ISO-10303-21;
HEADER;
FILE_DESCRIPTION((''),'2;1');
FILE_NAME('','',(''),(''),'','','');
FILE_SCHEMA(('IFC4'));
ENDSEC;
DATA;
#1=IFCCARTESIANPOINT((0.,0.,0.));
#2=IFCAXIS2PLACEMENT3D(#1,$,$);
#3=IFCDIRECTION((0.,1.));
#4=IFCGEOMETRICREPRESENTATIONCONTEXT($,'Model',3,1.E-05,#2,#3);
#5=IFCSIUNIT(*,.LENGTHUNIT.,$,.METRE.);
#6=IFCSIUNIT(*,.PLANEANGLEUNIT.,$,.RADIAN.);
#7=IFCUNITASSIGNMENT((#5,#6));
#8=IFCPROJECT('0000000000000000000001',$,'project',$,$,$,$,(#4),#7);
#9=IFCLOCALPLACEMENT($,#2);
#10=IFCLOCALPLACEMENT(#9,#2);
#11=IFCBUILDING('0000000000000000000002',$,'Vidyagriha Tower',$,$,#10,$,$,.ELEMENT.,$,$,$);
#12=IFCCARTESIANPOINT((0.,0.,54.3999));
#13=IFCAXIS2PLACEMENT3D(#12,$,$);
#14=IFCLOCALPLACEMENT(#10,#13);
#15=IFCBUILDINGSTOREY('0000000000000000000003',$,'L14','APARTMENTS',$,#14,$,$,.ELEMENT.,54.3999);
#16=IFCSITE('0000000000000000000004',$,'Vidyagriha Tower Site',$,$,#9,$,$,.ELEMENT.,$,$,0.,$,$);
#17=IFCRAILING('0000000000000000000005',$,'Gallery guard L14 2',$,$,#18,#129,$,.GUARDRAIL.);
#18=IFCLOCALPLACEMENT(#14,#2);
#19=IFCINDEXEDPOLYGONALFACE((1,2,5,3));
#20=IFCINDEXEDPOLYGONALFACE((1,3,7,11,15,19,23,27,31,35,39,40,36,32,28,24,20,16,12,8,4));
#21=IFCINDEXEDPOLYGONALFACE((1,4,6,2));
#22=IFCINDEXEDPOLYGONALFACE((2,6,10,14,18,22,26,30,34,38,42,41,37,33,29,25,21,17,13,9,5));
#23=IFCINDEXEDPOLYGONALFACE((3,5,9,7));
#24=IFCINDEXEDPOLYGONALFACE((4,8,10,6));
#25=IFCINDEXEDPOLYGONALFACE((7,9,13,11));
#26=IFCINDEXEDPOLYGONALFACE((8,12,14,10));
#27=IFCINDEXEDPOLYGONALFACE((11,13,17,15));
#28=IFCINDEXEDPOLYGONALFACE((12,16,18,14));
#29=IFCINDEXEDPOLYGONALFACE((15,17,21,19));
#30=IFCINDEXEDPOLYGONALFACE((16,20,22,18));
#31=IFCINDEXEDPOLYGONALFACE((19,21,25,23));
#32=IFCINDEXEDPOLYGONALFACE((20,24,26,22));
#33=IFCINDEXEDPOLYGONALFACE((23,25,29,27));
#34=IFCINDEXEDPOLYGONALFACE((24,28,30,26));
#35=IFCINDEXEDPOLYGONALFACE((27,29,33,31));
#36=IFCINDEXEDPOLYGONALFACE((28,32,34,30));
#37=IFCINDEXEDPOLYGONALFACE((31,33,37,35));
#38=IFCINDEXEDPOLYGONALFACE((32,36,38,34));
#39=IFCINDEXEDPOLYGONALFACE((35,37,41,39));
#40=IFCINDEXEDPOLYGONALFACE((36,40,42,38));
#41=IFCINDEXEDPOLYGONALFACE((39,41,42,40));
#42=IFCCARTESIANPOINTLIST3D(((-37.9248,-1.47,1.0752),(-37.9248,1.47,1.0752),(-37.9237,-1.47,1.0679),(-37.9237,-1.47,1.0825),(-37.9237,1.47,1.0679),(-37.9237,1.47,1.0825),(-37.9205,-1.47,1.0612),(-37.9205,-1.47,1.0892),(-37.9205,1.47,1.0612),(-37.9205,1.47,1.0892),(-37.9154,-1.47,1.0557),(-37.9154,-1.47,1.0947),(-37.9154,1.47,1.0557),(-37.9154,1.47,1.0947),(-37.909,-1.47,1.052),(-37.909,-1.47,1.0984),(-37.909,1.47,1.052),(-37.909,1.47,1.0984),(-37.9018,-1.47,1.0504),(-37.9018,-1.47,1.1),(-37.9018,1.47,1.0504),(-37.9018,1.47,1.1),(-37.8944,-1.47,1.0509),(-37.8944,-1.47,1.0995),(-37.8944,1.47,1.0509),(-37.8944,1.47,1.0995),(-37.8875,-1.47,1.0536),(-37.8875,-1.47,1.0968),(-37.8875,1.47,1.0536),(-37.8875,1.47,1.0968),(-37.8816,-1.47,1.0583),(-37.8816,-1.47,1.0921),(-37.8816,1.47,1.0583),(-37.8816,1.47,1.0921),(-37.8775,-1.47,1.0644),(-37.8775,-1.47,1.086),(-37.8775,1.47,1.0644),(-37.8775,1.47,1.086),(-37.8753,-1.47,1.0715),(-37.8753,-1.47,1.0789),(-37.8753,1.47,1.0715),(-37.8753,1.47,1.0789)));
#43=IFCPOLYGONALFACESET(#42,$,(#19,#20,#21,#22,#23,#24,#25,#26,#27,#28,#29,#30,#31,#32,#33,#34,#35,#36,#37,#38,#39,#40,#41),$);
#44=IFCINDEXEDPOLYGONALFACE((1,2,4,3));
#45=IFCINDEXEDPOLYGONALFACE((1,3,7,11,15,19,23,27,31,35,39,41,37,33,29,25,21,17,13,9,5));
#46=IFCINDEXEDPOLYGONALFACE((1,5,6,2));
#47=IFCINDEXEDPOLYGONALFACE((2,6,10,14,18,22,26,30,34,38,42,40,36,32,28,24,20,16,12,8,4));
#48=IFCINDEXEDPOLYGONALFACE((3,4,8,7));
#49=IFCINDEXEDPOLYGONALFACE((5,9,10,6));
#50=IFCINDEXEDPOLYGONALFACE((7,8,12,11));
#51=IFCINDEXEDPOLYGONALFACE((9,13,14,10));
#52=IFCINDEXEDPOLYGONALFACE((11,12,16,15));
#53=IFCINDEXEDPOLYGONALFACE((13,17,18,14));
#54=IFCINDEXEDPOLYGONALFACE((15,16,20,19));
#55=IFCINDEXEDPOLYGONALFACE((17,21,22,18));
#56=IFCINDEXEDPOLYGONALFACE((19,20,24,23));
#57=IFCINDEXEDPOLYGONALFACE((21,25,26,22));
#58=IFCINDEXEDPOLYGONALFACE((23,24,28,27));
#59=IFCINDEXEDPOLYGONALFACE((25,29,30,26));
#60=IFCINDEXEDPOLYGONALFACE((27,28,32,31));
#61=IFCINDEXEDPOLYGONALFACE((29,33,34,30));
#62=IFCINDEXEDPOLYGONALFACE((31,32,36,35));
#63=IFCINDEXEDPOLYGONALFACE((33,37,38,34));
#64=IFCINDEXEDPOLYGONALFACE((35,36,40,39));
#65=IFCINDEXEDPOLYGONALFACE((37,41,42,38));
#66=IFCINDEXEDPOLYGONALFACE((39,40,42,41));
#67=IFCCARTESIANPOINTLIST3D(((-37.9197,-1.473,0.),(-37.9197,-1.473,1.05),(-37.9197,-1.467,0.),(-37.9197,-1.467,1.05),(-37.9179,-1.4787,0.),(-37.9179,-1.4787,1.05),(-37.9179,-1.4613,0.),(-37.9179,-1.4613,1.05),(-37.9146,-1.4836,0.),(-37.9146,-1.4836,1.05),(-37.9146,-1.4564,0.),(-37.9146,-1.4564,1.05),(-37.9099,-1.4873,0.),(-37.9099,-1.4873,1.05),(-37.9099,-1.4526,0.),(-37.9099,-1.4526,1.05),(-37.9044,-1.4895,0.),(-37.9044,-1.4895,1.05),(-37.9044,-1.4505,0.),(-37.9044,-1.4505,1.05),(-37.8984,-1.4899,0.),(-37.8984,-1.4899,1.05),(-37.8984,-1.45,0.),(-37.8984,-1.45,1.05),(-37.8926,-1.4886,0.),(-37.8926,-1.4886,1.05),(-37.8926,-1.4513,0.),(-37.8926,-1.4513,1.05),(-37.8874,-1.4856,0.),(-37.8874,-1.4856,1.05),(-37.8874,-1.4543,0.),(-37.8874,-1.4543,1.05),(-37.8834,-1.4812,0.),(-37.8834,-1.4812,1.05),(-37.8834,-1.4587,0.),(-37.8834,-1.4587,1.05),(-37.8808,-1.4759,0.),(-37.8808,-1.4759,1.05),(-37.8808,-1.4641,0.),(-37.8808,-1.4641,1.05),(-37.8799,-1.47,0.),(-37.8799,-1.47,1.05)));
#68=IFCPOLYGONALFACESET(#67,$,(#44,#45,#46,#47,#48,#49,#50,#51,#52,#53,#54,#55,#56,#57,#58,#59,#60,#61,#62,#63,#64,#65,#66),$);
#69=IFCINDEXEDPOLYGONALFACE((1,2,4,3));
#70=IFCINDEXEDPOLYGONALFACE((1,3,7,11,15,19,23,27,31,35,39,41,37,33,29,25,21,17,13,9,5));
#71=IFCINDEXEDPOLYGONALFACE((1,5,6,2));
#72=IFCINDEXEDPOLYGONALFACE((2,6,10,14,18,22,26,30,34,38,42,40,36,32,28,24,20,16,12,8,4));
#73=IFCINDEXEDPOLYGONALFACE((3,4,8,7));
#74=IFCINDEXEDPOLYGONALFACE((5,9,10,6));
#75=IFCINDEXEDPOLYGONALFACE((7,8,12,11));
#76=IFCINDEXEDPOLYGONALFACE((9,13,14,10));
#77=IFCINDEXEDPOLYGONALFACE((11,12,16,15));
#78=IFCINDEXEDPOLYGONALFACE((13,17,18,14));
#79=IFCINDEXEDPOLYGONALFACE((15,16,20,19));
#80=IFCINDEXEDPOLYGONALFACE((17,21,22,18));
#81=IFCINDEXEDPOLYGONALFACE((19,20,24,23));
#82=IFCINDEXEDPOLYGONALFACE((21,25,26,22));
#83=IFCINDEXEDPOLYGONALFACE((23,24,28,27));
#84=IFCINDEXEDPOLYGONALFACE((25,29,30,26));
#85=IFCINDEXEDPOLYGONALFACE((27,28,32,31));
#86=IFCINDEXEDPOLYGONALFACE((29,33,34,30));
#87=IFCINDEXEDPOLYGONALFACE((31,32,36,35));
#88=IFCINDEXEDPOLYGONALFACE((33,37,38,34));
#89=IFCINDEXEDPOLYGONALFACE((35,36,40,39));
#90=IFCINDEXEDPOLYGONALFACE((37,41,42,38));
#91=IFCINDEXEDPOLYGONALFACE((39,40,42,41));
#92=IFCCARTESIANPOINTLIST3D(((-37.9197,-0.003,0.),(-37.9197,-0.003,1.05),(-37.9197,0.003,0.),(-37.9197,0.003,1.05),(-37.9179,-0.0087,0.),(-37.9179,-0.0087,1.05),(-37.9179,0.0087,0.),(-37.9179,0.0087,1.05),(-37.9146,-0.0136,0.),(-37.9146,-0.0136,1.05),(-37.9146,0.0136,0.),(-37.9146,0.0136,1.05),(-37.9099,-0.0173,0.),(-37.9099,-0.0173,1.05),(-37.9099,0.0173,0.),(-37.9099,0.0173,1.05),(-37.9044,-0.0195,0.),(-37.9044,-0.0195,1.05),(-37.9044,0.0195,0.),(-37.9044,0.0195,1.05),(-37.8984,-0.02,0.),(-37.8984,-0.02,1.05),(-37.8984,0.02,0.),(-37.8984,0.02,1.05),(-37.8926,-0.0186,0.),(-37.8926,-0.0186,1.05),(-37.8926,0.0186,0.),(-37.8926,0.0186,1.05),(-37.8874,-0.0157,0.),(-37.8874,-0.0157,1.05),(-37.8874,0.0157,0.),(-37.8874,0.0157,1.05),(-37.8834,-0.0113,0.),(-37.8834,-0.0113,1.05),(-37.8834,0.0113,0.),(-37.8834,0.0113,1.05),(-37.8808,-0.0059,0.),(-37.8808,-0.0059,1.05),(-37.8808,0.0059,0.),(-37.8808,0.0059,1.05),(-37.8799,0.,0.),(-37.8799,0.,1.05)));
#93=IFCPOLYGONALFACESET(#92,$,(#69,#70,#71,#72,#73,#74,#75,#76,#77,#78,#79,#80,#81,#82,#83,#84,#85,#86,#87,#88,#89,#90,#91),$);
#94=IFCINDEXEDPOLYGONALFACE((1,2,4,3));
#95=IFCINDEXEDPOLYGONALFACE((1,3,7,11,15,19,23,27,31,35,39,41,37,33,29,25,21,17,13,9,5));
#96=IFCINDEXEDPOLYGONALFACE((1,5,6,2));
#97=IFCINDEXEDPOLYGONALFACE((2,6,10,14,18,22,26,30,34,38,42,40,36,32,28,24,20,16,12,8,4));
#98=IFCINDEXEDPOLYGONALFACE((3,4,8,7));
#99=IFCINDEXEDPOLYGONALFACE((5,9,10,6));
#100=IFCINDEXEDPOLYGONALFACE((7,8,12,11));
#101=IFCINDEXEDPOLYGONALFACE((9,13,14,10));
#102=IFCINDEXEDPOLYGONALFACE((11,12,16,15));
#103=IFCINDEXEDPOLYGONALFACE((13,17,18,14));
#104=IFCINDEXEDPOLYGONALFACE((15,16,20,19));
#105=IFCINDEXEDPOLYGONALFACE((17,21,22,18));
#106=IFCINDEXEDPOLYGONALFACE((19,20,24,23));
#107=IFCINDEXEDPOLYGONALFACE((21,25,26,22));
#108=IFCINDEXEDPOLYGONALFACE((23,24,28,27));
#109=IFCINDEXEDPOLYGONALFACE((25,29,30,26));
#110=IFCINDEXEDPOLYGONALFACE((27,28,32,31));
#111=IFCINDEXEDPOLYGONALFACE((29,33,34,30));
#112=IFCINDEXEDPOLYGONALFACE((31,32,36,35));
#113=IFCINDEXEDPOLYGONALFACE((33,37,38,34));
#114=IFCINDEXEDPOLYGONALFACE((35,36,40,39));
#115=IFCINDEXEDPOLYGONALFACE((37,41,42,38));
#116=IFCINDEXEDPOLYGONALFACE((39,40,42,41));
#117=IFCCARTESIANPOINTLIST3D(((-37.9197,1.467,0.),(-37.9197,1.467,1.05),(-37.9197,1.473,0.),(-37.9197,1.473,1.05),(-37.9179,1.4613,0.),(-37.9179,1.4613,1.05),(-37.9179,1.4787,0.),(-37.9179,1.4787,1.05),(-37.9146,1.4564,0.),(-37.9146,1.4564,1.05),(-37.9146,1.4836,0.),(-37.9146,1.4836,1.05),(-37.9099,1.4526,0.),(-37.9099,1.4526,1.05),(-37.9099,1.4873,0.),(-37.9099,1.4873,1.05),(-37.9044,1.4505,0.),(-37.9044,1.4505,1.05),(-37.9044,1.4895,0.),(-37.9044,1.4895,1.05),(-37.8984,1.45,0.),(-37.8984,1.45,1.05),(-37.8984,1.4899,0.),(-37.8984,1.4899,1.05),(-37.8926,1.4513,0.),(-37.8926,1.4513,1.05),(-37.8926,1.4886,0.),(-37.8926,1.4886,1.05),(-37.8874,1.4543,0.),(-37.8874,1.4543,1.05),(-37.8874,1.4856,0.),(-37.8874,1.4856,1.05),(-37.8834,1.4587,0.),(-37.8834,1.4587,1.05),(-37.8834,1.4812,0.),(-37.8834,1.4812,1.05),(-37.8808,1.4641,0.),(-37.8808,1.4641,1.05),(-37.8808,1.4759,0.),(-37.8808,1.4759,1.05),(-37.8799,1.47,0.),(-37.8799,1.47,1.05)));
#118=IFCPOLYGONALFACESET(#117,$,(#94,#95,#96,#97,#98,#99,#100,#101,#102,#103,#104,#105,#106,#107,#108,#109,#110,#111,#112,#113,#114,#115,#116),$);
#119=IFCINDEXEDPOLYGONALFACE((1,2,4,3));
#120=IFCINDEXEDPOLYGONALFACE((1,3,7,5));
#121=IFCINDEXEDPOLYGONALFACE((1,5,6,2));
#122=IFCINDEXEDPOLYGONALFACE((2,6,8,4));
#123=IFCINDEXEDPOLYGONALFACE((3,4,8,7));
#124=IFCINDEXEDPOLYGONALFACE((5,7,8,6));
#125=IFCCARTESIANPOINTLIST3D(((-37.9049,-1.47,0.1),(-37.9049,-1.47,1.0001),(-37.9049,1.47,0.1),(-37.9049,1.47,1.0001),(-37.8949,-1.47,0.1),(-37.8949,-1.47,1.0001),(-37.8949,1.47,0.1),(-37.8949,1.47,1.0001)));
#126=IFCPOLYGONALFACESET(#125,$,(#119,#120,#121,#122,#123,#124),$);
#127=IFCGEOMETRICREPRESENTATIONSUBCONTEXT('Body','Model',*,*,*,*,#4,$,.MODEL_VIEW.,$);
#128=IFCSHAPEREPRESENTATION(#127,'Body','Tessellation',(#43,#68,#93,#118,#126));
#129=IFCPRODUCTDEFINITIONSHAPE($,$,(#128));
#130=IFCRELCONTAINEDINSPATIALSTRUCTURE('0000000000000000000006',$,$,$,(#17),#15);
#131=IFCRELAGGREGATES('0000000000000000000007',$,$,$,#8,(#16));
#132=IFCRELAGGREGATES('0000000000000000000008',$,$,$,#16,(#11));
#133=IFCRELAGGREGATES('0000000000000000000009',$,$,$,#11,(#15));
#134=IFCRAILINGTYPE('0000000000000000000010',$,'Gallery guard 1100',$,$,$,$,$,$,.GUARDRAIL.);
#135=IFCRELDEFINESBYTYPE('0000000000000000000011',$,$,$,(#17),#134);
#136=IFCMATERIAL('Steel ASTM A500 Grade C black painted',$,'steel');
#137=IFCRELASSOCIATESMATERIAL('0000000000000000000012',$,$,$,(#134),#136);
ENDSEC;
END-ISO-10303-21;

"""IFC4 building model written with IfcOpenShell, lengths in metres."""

from ifc_helpers import new_model, si_unit, direction, frame, origin, origin_2d, place, context, subcontext, project, spatial, rectangle, circle, extrude, material, type_object, element, save


model = new_model("IFC4")

# Units and contexts
model_context = context("Model", 3, precision=1e-05, world=origin(), true_north=direction((0.0, 1.0)))
body_context = subcontext(model_context, "Body", "Model", "MODEL_VIEW")
ifc_project = project(units=[si_unit("LENGTHUNIT", "METRE"), si_unit("PLANEANGLEUNIT", "RADIAN")], contexts=[model_context])

# Site, building, storey
site_placement = place(None, origin())
site = spatial("IfcSite", under=ifc_project, at=site_placement, Name="Vidyagriha Tower Site", CompositionType="ELEMENT", RefElevation=0.0)
building_placement = place(site_placement, origin())
building = spatial("IfcBuilding", under=site, at=building_placement, Name="Vidyagriha Tower", CompositionType="ELEMENT")
storey_placement = place(building_placement, frame((0.0, 0.0, 54.3999)))
storey = spatial("IfcBuildingStorey", under=building, at=storey_placement, Name="L14", Description="APARTMENTS", CompositionType="ELEMENT", Elevation=54.3999)

# Railing
ifc_material_1 = material(Name="Steel ASTM A500 Grade C black painted", Category="steel")
railing_type_1 = type_object("IfcRailingType", Name="Gallery guard 1100", PredefinedType="GUARDRAIL", material=ifc_material_1)
railing_1_placement = place(storey_placement, frame((-37.8999, -1.47, 0.0)))
element("IfcRailing", 1, at=railing_1_placement, inside=storey, type_object=railing_type_1, Name="Gallery guard L14 2", PredefinedType="GUARDRAIL", context=body_context, shape_type="SweptSolid", body=[
    extrude(circle(Radius=0.0249, at=origin_2d()), frame((0.0, 0.0, 1.0752), z_axis=(0.0, 1.0, 0.0), x_axis=(-1.0, 0.0, 0.0)), (0.0, 0.0, 1.0), 2.9399),
    extrude(circle(Radius=0.02, at=origin_2d()), origin(), (0.0, 0.0, 1.0), 1.05),
    extrude(circle(Radius=0.02, at=origin_2d()), frame((0.0, 1.47, 0.0)), (0.0, 0.0, 1.0), 1.05),
    extrude(circle(Radius=0.02, at=origin_2d()), frame((0.0, 2.9399, 0.0)), (0.0, 0.0, 1.0), 1.05),
    extrude(rectangle(XDim=0.01, YDim=0.9001, at=origin_2d()), frame((0.0, 0.0, 0.55), z_axis=(0.0, 1.0, 0.0), x_axis=(-1.0, 0.0, 0.0)), (0.0, 0.0, 1.0), 2.9399),
])

save(model, "model.ifc")
